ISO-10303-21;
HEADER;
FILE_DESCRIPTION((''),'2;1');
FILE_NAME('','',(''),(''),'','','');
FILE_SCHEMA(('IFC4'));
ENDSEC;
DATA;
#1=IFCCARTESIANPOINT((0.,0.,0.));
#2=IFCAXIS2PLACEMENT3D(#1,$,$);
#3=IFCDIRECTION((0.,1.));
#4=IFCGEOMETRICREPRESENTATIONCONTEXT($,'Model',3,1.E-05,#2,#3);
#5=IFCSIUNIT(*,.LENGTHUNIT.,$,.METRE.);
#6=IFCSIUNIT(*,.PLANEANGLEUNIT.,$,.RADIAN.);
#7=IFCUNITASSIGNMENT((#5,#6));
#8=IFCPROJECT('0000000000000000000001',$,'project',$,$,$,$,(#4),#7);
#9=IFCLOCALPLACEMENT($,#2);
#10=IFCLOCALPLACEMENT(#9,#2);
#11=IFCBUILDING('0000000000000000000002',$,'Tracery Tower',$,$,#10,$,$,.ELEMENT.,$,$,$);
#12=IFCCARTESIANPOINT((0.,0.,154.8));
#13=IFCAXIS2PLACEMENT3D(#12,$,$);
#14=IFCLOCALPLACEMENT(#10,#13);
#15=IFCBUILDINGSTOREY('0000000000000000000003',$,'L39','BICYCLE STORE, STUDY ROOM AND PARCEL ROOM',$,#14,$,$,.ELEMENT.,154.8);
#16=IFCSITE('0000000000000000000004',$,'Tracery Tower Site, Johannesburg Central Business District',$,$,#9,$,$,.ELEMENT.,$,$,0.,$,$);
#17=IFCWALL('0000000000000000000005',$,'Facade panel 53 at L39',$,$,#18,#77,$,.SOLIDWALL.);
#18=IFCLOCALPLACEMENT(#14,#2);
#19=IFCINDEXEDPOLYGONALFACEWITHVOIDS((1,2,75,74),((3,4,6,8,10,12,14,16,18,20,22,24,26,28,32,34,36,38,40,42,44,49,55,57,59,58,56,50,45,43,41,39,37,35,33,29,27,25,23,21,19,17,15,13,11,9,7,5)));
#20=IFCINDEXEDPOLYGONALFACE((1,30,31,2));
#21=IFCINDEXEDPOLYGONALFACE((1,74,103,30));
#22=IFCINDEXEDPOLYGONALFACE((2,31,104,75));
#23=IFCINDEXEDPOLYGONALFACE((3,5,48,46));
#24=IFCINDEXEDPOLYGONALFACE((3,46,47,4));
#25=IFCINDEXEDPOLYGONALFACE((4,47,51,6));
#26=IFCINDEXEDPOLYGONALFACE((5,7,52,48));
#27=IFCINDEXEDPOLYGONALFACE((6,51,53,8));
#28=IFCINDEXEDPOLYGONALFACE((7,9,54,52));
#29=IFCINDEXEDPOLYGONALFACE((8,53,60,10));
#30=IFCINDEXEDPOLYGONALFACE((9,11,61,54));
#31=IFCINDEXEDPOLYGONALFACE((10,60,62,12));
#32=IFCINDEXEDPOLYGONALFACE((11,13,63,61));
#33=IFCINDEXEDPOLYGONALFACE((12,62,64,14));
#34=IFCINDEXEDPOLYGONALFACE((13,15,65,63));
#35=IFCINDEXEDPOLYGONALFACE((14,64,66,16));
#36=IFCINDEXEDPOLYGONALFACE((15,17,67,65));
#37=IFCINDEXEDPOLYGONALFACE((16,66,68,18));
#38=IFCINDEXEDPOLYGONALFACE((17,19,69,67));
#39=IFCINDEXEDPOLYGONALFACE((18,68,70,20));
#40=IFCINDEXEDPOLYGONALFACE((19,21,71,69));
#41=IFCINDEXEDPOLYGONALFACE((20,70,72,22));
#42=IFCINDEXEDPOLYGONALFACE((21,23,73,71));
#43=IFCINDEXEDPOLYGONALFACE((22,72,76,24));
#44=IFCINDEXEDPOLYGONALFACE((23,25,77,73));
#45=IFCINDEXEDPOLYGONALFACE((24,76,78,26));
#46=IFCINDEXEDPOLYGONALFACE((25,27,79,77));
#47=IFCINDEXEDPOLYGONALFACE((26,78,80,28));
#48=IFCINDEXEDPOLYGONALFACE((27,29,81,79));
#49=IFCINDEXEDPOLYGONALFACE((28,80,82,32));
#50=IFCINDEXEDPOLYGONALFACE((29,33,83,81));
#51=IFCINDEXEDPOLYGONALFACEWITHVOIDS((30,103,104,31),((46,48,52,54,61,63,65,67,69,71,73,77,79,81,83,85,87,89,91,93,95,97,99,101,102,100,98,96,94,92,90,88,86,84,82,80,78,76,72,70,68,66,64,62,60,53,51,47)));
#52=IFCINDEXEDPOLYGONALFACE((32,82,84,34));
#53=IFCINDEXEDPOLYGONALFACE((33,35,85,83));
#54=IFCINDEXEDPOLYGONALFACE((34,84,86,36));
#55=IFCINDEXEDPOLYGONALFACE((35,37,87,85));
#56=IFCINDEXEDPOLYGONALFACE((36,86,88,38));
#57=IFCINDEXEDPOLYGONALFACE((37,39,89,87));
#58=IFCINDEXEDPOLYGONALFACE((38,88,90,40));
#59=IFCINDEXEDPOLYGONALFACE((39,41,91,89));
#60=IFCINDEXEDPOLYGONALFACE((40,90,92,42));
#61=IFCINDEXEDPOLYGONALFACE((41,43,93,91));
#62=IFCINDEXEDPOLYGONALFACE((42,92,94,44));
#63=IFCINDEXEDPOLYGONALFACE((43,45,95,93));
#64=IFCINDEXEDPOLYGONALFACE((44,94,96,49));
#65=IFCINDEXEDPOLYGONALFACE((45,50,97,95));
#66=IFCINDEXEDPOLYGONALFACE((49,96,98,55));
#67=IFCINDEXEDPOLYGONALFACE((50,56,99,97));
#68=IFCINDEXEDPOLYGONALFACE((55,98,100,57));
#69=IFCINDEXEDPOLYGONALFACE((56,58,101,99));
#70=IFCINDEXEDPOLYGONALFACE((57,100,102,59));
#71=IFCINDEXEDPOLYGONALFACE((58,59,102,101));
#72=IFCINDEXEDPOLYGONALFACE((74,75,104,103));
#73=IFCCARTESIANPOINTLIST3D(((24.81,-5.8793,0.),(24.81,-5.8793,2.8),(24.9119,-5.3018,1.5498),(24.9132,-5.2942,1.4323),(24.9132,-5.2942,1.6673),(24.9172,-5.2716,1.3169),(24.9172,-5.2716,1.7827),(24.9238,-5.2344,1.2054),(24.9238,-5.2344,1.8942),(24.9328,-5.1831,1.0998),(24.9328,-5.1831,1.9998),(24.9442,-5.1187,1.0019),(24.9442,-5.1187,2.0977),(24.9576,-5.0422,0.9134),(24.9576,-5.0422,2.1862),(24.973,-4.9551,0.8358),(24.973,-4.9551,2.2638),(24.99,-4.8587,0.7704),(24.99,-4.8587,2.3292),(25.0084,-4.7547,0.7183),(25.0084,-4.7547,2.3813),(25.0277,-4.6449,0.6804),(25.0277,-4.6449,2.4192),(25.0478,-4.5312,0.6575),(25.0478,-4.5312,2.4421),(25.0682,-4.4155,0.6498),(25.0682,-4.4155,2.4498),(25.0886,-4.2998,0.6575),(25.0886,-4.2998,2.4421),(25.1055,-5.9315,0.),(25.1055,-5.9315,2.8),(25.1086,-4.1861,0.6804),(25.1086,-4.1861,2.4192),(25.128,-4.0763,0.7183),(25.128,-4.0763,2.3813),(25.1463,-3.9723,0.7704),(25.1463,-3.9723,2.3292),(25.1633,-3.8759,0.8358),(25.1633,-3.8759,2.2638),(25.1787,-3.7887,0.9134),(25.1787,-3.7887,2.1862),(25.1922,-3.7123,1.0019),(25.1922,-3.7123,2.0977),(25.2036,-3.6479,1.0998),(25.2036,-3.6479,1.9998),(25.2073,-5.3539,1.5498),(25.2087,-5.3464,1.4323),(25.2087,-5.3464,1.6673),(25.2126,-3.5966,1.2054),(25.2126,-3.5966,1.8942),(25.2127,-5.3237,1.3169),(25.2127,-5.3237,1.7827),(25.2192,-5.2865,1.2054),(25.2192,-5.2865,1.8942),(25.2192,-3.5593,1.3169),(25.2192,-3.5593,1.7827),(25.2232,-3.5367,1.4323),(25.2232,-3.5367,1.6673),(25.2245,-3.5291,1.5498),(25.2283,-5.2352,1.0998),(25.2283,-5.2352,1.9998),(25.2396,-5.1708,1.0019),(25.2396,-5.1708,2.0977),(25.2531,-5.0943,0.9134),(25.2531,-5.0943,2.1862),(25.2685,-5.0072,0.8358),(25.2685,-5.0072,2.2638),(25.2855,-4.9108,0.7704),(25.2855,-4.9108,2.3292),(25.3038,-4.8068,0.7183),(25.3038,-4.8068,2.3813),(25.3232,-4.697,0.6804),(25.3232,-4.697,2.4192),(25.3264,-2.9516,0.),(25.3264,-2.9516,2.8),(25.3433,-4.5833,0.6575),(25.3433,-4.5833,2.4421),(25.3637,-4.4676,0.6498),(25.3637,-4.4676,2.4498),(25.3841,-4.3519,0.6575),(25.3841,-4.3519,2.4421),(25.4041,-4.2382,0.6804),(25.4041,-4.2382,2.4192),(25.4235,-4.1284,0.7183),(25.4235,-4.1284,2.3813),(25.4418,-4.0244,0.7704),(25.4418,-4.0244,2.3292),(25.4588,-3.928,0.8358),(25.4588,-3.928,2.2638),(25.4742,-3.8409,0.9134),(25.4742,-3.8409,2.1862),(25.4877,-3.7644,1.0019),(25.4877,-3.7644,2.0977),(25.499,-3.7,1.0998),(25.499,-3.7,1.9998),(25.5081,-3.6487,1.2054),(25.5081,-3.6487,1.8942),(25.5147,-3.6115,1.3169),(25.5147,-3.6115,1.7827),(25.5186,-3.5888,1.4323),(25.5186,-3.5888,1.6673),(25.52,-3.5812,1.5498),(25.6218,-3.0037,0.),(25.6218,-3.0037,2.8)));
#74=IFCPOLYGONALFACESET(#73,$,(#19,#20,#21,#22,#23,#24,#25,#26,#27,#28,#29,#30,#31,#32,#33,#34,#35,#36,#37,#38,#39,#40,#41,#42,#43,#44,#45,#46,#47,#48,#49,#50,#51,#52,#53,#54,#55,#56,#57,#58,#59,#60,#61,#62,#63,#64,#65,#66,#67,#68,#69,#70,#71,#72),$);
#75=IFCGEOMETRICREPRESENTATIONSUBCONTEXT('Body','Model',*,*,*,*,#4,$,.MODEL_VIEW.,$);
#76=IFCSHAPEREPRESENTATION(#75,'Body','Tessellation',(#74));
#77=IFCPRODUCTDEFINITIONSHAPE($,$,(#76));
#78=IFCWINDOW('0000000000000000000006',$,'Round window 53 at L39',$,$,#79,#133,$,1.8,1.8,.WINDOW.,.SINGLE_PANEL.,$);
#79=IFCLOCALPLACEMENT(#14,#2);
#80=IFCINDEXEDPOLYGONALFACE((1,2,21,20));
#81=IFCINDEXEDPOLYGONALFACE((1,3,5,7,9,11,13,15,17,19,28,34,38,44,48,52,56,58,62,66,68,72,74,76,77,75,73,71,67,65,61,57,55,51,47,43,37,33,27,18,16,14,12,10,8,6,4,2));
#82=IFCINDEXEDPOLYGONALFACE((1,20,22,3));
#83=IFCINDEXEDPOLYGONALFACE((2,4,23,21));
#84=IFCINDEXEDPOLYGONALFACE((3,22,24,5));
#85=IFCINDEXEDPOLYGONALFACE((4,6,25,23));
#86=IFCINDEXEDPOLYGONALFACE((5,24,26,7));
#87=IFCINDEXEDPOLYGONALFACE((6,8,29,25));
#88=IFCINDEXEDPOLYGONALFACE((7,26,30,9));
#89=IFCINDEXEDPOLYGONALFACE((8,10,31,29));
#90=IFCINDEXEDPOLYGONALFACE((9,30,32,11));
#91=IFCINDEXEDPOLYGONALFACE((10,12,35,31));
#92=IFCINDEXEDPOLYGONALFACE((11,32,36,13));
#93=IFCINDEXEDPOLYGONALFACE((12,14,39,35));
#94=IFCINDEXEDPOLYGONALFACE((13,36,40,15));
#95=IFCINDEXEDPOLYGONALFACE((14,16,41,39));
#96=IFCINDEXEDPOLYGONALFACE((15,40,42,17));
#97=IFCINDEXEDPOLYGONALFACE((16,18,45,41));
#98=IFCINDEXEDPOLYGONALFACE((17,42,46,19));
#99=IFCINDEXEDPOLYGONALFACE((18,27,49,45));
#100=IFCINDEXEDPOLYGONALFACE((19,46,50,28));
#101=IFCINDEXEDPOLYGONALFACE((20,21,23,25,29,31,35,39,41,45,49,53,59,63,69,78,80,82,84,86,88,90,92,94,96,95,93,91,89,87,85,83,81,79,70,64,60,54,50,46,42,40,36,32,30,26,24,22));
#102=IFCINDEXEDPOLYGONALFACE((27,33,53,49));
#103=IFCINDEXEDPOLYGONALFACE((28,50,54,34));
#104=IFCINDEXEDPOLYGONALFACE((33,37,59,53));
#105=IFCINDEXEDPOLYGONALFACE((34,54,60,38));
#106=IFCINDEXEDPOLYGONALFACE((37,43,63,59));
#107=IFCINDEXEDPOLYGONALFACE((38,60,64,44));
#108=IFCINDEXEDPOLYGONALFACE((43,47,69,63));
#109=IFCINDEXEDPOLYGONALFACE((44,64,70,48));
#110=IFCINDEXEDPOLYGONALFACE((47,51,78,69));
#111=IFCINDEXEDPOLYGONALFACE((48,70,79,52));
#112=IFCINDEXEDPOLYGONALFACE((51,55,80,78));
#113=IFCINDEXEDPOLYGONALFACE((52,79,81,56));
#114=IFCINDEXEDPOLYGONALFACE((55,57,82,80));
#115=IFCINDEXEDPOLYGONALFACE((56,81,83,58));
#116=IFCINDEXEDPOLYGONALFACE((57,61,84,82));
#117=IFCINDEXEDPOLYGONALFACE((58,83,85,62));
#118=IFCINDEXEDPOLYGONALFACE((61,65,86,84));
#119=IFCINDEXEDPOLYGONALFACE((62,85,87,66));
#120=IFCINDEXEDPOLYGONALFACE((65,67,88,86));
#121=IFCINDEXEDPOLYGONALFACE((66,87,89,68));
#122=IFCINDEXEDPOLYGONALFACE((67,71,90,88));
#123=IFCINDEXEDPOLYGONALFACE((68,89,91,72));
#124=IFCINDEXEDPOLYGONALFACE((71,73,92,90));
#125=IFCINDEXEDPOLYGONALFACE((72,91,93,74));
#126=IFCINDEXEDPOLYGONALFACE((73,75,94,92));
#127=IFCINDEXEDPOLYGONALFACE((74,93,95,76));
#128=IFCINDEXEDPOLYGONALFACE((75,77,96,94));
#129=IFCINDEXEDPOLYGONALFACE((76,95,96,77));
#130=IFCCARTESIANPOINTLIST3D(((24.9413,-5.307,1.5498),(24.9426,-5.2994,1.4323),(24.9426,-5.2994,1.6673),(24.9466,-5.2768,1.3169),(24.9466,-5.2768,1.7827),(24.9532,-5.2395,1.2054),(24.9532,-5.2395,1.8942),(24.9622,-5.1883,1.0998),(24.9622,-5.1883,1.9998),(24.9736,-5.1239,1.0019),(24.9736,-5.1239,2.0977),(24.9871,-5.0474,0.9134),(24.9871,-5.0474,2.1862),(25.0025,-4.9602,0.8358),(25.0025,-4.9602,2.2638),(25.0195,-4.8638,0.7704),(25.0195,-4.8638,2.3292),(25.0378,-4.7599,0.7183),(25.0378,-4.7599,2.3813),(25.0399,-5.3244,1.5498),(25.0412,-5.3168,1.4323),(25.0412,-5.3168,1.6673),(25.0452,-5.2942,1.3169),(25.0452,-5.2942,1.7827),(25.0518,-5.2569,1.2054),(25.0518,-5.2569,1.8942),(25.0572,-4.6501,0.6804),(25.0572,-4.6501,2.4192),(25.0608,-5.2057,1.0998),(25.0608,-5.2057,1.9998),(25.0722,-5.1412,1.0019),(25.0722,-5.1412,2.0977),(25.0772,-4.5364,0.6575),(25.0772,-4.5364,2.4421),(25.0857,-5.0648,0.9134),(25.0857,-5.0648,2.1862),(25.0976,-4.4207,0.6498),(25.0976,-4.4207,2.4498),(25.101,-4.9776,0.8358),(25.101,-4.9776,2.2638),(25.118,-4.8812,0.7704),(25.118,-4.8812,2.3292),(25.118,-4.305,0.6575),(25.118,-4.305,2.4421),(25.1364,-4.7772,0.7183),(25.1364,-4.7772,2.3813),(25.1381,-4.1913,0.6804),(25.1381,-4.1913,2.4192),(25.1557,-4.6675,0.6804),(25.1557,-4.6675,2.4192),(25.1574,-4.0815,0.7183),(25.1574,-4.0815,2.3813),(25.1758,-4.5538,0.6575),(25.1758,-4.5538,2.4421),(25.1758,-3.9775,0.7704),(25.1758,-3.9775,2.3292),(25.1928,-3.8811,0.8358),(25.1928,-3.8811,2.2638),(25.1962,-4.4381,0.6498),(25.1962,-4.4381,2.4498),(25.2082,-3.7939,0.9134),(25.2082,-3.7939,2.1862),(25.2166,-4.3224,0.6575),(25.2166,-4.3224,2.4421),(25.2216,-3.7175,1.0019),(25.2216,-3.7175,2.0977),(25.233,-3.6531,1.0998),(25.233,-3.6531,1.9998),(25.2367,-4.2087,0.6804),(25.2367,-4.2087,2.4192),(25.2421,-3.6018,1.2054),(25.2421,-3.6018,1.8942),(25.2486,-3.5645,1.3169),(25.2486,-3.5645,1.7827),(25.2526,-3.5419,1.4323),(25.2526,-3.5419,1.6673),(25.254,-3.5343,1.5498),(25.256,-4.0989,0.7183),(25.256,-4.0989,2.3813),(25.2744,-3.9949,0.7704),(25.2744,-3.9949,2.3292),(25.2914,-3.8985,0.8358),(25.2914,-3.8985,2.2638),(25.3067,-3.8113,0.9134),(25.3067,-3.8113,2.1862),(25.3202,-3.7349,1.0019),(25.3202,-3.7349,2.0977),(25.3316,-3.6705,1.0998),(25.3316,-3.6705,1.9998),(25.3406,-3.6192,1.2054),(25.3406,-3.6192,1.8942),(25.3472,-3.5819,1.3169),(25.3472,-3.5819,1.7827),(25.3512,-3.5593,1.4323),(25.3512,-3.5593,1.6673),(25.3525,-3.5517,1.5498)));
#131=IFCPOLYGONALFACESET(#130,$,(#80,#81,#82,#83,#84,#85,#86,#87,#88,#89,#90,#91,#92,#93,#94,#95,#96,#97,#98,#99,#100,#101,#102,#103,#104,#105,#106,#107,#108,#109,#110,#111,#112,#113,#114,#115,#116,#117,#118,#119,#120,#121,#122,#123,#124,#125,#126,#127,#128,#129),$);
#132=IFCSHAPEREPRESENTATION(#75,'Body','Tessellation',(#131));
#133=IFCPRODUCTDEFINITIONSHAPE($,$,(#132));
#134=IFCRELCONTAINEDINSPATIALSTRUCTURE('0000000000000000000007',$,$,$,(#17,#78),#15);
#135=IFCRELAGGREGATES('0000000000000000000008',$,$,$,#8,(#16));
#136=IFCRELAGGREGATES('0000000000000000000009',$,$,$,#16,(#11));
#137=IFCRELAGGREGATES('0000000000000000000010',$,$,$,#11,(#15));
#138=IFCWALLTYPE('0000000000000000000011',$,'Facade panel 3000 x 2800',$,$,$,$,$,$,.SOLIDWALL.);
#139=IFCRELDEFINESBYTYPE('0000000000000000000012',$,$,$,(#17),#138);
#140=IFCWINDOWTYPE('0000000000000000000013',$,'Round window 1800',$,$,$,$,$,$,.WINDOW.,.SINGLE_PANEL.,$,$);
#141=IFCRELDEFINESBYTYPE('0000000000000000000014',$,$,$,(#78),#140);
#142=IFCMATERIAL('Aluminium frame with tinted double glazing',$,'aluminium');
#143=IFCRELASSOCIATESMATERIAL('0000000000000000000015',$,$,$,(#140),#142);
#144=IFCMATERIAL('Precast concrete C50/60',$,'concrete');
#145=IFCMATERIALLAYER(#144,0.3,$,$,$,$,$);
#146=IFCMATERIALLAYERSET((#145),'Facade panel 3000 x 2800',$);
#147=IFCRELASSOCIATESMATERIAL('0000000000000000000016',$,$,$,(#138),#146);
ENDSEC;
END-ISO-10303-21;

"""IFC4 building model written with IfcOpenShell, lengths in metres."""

from ifc_helpers import new_model, si_unit, direction, frame, frame_2d, origin, origin_2d, place, context, subcontext, project, spatial, rectangle, circle, extrude, material, layer, layer_set, type_object, element, fill, save


model = new_model("IFC4")

# Units and contexts
model_context = context("Model", 3, precision=1e-05, world=origin(), true_north=direction((0.0, 1.0)))
body_context = subcontext(model_context, "Body", "Model", "MODEL_VIEW")
ifc_project = project(units=[si_unit("LENGTHUNIT", "METRE"), si_unit("PLANEANGLEUNIT", "RADIAN")], contexts=[model_context])

# Site, building, storey
site_placement = place(None, origin())
site = spatial("IfcSite", under=ifc_project, at=site_placement, Name="Tracery Tower Site, Johannesburg Central Business District", CompositionType="ELEMENT", RefElevation=0.0)
building_placement = place(site_placement, origin())
building = spatial("IfcBuilding", under=site, at=building_placement, Name="Tracery Tower", CompositionType="ELEMENT")
storey_placement = place(building_placement, frame((0.0, 0.0, 154.8)))
storey = spatial("IfcBuildingStorey", under=building, at=storey_placement, Name="L39", Description="BICYCLE STORE, STUDY ROOM AND PARCEL ROOM", CompositionType="ELEMENT", Elevation=154.8)

# Wall, opening, window
ifc_material_1 = material(Name="Aluminium frame with tinted double glazing", Category="aluminium")
window_type = type_object("IfcWindowType", Name="Round window 1800", PartitioningType="SINGLE_PANEL", PredefinedType="WINDOW", material=ifc_material_1)
ifc_material_2 = material(Name="Precast concrete C50/60", Category="concrete")
ifc_layer_1 = layer(ifc_material_2, 0.3)
ifc_layer_set_1 = layer_set([ifc_layer_1], Name="Facade panel 3000 x 2800")
wall_type_1 = type_object("IfcWallType", Name="Facade panel 3000 x 2800", PredefinedType="SOLIDWALL", material=ifc_layer_set_1)
wall_1_placement = place(storey_placement, frame((24.9578, -5.9053, 0.0), z_axis=(0.0, 0.0, 1.0), x_axis=(0.173687, 0.984801, 0.0)))
wall_1 = element("IfcWall", 1, at=wall_1_placement, inside=storey, type_object=wall_type_1, Name="Facade panel 53 at L39", PredefinedType="SOLIDWALL", context=body_context, shape_type="SweptSolid", body=[
    extrude(rectangle(XDim=2.9729, YDim=0.3, at=frame_2d((1.4863, 0.0))), origin(), (0.0, 0.0, 1.0), 2.8),
])
opening_1_placement = place(wall_1_placement, frame((1.4863, 0.0, 1.5498)))
opening_1 = element("IfcOpeningElement", 2, at=opening_1_placement, cuts=wall_1, PredefinedType="OPENING", context=body_context, shape_type="SweptSolid", body=[
    extrude(circle(Radius=0.9, at=origin_2d()), frame((0.0, 0.1599, 0.0), z_axis=(0.0, -1.0, 0.0), x_axis=(1.0, 0.0, 0.0)), (0.0, 0.0, 1.0), 0.3201),
])
window_1_placement = place(opening_1_placement, origin())
window_1 = element("IfcWindow", 3, at=window_1_placement, inside=storey, type_object=window_type, Name="Round window 53 at L39", OverallHeight=1.8, OverallWidth=1.8, PartitioningType="SINGLE_PANEL", PredefinedType="WINDOW", context=body_context, shape_type="SweptSolid", body=[
    extrude(circle(Radius=0.9, at=origin_2d()), frame((0.0, 0.1201, 0.0), z_axis=(0.0, -1.0, 0.0), x_axis=(1.0, 0.0, 0.0)), (0.0, 0.0, 1.0), 0.1001),
])
fill(opening_1, window_1)

save(model, "model.ifc")
